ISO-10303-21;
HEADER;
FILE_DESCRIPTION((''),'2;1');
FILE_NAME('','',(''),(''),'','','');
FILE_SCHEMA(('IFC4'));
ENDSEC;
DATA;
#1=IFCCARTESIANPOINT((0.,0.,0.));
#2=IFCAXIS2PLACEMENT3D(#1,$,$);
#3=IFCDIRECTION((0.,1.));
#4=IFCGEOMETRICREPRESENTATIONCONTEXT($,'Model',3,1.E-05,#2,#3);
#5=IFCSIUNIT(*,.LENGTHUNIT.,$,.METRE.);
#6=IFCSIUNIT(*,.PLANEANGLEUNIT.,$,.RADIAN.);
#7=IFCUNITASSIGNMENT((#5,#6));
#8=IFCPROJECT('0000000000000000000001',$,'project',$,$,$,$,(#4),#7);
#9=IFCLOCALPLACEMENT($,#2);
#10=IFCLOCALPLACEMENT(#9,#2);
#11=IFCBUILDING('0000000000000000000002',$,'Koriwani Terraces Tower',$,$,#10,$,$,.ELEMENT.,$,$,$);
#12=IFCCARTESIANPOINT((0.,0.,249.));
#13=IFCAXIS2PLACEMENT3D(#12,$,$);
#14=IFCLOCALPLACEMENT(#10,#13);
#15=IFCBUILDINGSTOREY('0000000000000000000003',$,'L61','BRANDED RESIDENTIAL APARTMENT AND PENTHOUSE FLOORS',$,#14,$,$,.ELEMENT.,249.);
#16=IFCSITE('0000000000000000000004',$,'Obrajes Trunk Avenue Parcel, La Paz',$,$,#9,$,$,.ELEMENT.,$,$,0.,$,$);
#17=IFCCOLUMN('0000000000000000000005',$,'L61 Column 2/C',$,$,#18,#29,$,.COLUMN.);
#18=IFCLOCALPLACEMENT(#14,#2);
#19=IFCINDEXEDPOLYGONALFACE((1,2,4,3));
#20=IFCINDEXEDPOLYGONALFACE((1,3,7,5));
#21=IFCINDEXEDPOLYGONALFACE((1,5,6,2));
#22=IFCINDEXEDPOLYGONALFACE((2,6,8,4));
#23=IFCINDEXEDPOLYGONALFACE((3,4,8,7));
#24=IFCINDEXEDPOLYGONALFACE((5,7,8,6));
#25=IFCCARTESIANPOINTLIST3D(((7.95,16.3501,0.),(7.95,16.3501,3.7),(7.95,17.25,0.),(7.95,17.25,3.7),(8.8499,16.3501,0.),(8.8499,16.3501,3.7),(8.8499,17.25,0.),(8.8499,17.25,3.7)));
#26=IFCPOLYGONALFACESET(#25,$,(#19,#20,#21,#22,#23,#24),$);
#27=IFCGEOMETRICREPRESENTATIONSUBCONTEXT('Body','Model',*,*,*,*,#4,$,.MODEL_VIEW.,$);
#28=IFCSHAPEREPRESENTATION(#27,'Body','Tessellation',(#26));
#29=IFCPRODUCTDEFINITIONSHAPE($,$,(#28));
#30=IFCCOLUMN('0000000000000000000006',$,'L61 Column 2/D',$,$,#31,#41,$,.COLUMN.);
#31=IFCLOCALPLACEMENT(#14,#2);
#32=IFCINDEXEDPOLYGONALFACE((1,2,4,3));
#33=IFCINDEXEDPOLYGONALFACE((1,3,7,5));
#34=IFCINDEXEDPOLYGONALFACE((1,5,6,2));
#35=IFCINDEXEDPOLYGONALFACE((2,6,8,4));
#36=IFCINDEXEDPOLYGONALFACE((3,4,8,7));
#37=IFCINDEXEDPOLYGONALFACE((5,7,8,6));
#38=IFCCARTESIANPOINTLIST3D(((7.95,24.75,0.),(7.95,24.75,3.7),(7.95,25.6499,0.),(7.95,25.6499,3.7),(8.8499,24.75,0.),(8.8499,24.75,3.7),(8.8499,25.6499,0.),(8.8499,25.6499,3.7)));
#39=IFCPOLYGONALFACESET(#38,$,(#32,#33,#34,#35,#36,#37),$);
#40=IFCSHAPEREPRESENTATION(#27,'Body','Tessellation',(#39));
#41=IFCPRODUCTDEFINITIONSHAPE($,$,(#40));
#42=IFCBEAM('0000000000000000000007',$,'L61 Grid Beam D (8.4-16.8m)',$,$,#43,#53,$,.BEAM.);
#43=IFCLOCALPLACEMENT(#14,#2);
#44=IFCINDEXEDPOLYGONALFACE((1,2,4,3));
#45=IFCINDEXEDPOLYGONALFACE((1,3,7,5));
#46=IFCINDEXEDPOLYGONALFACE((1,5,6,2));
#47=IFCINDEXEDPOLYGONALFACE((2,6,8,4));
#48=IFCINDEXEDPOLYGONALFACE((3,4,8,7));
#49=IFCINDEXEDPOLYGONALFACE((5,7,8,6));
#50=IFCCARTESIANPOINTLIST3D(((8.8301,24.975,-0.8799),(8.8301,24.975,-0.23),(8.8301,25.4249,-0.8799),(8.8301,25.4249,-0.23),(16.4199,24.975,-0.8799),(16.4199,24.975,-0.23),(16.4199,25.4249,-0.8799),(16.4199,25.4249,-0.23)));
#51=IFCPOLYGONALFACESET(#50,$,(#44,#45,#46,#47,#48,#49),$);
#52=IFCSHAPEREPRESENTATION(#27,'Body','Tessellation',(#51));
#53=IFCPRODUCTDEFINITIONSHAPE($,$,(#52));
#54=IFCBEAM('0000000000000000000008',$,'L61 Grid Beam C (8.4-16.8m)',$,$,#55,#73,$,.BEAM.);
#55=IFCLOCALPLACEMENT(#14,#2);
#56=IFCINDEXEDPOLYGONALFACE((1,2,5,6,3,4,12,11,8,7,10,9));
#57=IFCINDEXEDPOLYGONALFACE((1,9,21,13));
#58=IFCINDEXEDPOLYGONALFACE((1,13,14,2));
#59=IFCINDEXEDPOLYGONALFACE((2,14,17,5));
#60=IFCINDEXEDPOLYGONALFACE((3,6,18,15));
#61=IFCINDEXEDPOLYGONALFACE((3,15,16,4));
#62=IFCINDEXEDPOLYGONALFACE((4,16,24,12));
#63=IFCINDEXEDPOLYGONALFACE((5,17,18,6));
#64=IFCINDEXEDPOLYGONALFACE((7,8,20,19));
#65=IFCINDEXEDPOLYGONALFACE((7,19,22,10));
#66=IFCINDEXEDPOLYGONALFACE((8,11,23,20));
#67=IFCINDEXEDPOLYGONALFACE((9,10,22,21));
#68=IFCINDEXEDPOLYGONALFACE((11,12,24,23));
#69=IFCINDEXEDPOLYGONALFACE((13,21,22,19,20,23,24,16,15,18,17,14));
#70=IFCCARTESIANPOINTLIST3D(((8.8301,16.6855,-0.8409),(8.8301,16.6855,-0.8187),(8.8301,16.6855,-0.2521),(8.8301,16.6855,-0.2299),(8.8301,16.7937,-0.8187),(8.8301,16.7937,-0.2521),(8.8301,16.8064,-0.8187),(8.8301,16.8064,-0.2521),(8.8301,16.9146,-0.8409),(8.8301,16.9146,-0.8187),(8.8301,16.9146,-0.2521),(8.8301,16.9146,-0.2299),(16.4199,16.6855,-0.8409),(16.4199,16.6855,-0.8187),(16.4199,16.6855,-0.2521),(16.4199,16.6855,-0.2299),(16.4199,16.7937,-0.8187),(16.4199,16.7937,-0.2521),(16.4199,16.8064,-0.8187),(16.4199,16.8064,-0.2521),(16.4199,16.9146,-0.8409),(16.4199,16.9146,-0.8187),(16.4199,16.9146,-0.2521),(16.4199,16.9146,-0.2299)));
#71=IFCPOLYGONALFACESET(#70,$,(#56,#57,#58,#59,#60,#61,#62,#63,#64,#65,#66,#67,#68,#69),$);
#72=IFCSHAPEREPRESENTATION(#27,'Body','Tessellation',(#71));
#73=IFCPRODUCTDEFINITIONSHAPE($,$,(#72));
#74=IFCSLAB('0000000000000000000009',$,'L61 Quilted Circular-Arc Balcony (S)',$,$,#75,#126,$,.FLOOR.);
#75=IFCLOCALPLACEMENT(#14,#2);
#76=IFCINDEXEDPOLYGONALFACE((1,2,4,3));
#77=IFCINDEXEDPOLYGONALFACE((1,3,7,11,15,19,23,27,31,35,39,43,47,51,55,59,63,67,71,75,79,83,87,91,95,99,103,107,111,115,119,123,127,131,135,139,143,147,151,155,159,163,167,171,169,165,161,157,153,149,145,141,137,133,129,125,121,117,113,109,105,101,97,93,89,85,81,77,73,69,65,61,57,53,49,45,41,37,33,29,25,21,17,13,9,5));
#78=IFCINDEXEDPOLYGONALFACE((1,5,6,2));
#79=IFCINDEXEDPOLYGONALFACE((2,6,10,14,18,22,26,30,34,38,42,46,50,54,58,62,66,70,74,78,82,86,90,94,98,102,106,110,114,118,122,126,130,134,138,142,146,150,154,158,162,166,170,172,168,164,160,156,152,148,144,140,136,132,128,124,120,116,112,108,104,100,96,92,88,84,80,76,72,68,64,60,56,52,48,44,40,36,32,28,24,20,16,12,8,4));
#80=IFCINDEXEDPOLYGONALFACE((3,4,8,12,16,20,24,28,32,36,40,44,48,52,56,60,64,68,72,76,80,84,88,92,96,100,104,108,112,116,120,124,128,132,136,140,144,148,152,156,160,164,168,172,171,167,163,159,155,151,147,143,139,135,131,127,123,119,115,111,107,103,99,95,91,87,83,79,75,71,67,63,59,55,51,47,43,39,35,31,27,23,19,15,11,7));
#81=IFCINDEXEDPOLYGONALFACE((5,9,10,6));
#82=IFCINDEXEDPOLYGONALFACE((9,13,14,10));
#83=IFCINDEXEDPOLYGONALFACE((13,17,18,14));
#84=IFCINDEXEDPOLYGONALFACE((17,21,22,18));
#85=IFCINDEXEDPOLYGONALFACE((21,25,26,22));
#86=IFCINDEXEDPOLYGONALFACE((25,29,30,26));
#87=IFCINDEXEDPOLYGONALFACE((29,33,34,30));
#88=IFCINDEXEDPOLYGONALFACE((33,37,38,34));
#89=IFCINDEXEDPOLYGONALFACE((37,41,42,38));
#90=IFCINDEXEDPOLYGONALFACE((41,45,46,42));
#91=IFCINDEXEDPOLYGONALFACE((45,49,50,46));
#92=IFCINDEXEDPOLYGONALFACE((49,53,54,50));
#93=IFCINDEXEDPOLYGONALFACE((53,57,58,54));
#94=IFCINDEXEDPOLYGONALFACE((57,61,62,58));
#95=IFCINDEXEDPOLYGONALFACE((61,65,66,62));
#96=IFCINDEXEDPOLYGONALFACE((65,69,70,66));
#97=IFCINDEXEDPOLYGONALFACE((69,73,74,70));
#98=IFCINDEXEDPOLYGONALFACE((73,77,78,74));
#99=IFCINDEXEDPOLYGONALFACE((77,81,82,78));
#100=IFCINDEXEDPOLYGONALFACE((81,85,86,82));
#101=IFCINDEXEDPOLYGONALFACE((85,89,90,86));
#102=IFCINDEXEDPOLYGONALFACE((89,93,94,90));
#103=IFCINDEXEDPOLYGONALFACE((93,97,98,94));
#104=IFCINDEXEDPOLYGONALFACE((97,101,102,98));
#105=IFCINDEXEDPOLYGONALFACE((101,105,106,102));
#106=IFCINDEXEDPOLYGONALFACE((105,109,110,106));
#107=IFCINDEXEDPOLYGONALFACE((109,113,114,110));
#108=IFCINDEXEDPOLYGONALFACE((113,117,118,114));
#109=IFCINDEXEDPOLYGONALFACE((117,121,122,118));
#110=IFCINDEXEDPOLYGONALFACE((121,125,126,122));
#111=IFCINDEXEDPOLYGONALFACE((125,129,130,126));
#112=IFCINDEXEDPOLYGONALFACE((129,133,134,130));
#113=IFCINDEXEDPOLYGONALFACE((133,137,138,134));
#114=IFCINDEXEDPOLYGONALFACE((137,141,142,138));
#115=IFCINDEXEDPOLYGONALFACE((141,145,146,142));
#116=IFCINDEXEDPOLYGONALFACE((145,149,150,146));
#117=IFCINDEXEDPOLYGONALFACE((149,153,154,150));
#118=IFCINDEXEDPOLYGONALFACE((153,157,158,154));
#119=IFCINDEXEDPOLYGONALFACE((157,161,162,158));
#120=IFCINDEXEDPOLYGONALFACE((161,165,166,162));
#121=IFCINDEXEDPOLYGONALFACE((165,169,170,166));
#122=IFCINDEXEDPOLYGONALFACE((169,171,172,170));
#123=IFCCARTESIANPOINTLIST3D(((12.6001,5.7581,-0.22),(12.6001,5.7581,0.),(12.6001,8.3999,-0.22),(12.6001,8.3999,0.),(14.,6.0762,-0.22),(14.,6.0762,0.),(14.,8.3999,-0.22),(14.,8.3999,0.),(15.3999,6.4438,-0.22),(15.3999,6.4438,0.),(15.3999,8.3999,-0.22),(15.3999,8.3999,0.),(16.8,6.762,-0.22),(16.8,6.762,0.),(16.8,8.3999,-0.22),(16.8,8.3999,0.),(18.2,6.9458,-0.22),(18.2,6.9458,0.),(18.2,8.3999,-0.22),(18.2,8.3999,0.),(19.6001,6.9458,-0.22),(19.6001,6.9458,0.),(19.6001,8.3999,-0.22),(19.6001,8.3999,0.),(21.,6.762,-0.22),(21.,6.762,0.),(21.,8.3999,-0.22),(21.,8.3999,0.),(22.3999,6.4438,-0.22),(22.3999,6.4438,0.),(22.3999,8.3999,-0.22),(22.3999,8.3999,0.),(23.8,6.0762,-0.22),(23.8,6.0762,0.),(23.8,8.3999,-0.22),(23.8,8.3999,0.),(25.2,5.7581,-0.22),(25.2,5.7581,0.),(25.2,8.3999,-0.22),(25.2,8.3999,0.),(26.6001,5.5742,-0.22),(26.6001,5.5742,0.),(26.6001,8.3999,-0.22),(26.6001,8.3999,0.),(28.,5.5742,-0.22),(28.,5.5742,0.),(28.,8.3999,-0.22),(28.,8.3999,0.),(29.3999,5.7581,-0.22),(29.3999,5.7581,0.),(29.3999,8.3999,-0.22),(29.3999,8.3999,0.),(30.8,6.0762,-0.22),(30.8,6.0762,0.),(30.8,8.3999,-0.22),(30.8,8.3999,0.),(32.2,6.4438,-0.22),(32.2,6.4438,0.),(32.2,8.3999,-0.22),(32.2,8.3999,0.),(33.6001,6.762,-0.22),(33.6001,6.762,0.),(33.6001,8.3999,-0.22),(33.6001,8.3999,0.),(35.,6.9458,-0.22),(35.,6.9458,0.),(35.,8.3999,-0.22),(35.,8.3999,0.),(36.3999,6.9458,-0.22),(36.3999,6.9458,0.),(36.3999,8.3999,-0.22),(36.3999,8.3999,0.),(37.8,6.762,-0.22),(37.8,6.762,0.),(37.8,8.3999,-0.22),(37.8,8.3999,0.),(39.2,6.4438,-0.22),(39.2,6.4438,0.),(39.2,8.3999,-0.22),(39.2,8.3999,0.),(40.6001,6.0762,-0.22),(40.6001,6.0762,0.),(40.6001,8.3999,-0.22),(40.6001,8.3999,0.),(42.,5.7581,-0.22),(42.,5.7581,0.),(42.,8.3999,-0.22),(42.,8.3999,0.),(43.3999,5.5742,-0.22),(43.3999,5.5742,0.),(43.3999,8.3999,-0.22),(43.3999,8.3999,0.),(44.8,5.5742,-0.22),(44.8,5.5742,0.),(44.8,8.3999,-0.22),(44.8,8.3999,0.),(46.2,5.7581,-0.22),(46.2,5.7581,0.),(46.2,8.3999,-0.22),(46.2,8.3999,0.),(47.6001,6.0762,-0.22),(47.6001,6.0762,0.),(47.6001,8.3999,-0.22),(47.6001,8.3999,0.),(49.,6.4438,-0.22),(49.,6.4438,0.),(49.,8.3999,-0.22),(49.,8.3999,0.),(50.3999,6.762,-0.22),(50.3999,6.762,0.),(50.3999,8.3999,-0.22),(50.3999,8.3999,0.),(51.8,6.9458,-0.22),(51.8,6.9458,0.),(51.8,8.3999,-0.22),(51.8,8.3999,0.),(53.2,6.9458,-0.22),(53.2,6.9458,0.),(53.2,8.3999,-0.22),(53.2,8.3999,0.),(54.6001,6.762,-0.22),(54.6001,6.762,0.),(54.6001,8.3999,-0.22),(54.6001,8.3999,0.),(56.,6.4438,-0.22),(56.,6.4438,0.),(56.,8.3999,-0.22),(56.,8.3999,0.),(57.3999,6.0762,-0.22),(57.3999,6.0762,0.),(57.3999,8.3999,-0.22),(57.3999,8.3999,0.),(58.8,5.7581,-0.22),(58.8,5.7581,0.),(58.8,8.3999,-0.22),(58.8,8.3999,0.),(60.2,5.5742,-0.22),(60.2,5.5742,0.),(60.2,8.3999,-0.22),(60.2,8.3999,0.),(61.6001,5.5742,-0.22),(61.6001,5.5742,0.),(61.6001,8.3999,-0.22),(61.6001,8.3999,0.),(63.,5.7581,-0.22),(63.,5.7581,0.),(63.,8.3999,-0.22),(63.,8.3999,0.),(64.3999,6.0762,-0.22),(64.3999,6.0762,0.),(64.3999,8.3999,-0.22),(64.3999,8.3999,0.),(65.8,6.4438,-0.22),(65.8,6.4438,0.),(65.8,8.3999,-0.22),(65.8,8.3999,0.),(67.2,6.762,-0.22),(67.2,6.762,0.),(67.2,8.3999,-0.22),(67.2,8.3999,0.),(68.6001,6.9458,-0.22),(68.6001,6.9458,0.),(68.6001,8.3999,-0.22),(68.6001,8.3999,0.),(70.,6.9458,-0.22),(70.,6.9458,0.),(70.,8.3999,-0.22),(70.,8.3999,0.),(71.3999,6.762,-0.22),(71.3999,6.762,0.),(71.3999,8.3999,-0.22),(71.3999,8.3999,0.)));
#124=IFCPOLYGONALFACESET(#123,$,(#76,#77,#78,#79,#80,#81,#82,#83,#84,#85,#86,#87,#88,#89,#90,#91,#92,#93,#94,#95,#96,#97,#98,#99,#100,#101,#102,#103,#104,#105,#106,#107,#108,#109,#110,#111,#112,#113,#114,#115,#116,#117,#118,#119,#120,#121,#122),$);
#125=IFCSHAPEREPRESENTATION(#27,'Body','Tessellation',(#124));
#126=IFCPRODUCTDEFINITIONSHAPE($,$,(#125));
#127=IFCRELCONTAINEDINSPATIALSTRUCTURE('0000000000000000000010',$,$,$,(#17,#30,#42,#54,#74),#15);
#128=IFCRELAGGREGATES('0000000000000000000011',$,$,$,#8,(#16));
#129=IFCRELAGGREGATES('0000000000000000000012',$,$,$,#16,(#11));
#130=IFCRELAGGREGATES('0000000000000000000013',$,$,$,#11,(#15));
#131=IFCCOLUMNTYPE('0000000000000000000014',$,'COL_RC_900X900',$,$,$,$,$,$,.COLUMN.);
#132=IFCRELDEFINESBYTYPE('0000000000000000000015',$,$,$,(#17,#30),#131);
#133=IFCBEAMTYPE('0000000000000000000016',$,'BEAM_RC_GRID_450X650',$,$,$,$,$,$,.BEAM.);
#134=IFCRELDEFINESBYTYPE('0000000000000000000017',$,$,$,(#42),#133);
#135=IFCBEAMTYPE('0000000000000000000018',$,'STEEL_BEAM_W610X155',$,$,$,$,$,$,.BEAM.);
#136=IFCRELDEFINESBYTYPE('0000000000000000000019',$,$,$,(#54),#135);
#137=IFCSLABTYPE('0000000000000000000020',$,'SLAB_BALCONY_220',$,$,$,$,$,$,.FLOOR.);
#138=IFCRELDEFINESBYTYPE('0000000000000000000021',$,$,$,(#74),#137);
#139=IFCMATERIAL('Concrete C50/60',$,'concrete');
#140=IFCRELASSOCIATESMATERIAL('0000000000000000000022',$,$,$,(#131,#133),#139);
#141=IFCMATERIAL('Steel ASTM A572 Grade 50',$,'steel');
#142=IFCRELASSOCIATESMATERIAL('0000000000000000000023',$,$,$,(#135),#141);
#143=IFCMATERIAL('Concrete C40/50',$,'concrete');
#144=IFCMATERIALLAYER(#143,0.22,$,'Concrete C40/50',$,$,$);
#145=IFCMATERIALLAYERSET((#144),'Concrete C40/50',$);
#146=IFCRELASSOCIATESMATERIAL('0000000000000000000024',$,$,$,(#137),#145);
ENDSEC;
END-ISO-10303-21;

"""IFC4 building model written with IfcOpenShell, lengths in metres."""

from ifc_helpers import new_model, si_unit, direction, frame, origin, origin_2d, place, context, subcontext, project, spatial, polyline, rectangle, i_section, outline, extrude, material, layer, layer_set, material_profile, profile_set, type_object, element, save


model = new_model("IFC4")

# Units and contexts
model_context = context("Model", 3, precision=1e-05, world=origin(), true_north=direction((0.0, 1.0)))
body_context = subcontext(model_context, "Body", "Model", "MODEL_VIEW")
ifc_project = project(units=[si_unit("LENGTHUNIT", "METRE"), si_unit("PLANEANGLEUNIT", "RADIAN")], contexts=[model_context])

# Site, building, storey
site_placement = place(None, origin())
site = spatial("IfcSite", under=ifc_project, at=site_placement, Name="Obrajes Trunk Avenue Parcel, La Paz", CompositionType="ELEMENT", RefElevation=0.0)
building_placement = place(site_placement, origin())
building = spatial("IfcBuilding", under=site, at=building_placement, Name="Koriwani Terraces Tower", CompositionType="ELEMENT")
storey_placement = place(building_placement, frame((0.0, 0.0, 249.0)))
storey = spatial("IfcBuildingStorey", under=building, at=storey_placement, Name="L61", Description="BRANDED RESIDENTIAL APARTMENT AND PENTHOUSE FLOORS", CompositionType="ELEMENT", Elevation=249.0)

# Columns
ifc_material_1 = material(Name="Concrete C50/60", Category="concrete")
ifc_material_profile_1 = material_profile(ifc_material_1, rectangle(XDim=0.8999, YDim=0.8999, at=origin_2d()), Name="Concrete C50/60", Category="LoadBearing")
ifc_profile_set_1 = profile_set([ifc_material_profile_1], Name="Concrete C50/60")
column_type = type_object("IfcColumnType", Name="COL_RC_900X900", PredefinedType="COLUMN", material=ifc_profile_set_1)
for number, where, z_axis, x_axis, name in (
    (1, (8.3999, 16.8, 0.0), (0.0, 0.0, 1.0), (1.0, 0.0, 0.0), "L61 Column 2/C"),
    (2, (8.3999, 25.2, 0.0), (0.0, 0.0, 1.0), (1.0, 0.0, 0.0), "L61 Column 2/D"),
):
    element("IfcColumn", number, at=place(storey_placement, frame(where, z_axis=z_axis, x_axis=x_axis)), inside=storey, type_object=column_type, Name=name, PredefinedType="COLUMN", context=body_context, shape_type="SweptSolid", body=[
        extrude(rectangle(XDim=0.8999, YDim=0.8999, at=origin_2d()), origin(), (0.0, 0.0, 1.0), 3.7),
    ])

# Beams
ifc_material_profile_2 = material_profile(ifc_material_1, rectangle(XDim=0.45, YDim=0.6499, at=origin_2d()), Name="Concrete C50/60", Category="LoadBearing")
ifc_profile_set_2 = profile_set([ifc_material_profile_2], Name="Concrete C50/60")
beam_type_1 = type_object("IfcBeamType", Name="BEAM_RC_GRID_450X650", PredefinedType="BEAM", material=ifc_profile_set_2)
beam_1_placement = place(storey_placement, frame((8.8301, 25.2, -0.5549), z_axis=(1.0, 0.0, 0.0), x_axis=(0.0, 1.0, 0.0)))
element("IfcBeam", 3, at=beam_1_placement, inside=storey, type_object=beam_type_1, Name="L61 Grid Beam D (8.4-16.8m)", PredefinedType="BEAM", context=body_context, shape_type="SweptSolid", body=[
    extrude(rectangle(XDim=0.45, YDim=0.6499, at=origin_2d()), origin(), (0.0, 0.0, 1.0), 7.5898),
])
ifc_material_2 = material(Name="Steel ASTM A572 Grade 50", Category="steel")
ifc_material_profile_3 = material_profile(ifc_material_2, i_section(OverallWidth=0.229, OverallDepth=0.6111, WebThickness=0.0127, FlangeThickness=0.0222, at=origin_2d()), Name="Steel ASTM A572 Grade 50", Category="LoadBearing")
ifc_profile_set_3 = profile_set([ifc_material_profile_3], Name="Steel ASTM A572 Grade 50")
beam_type_2 = type_object("IfcBeamType", Name="STEEL_BEAM_W610X155", PredefinedType="BEAM", material=ifc_profile_set_3)
beam_2_placement = place(storey_placement, frame((8.8301, 16.8, -0.5354), z_axis=(1.0, 0.0, 0.0), x_axis=(0.0, 1.0, 0.0)))
element("IfcBeam", 4, at=beam_2_placement, inside=storey, type_object=beam_type_2, Name="L61 Grid Beam C (8.4-16.8m)", PredefinedType="BEAM", context=body_context, shape_type="SweptSolid", body=[
    extrude(i_section(OverallWidth=0.229, OverallDepth=0.6111, WebThickness=0.0127, FlangeThickness=0.0222, at=origin_2d()), origin(), (0.0, 0.0, 1.0), 7.5898),
])

# Slab
ifc_material_3 = material(Name="Concrete C40/50", Category="concrete")
ifc_layer_1 = layer(ifc_material_3, 0.22, Name="Concrete C40/50")
ifc_layer_set_1 = layer_set([ifc_layer_1], Name="Concrete C40/50")
slab_type_1 = type_object("IfcSlabType", Name="SLAB_BALCONY_220", PredefinedType="FLOOR", material=ifc_layer_set_1)
slab_1_placement = place(storey_placement, frame((0.0, 0.0, -0.22)))
element("IfcSlab", 5, at=slab_1_placement, inside=storey, type_object=slab_type_1, Name="L61 Quilted Circular-Arc Balcony (S)", PredefinedType="FLOOR", context=body_context, shape_type="SweptSolid", body=[
    extrude(outline(polyline([(12.6001, 8.3999), (14.0, 8.3999), (15.3999, 8.3999), (16.8, 8.3999), (18.2, 8.3999), (19.6001, 8.3999), (21.0, 8.3999), (22.3999, 8.3999), (23.8, 8.3999), (25.2, 8.3999), (26.6001, 8.3999), (28.0, 8.3999), (29.3999, 8.3999), (30.8, 8.3999), (32.2, 8.3999), (33.6001, 8.3999), (35.0, 8.3999), (36.3999, 8.3999), (37.8, 8.3999), (39.2, 8.3999), (40.6001, 8.3999), (42.0, 8.3999), (43.3999, 8.3999), (44.8, 8.3999), (46.2, 8.3999), (47.6001, 8.3999), (49.0, 8.3999), (50.3999, 8.3999), (51.8, 8.3999), (53.2, 8.3999), (54.6001, 8.3999), (56.0, 8.3999), (57.3999, 8.3999), (58.8, 8.3999), (60.2, 8.3999), (61.6001, 8.3999), (63.0, 8.3999), (64.3999, 8.3999), (65.8, 8.3999), (67.2, 8.3999), (68.6001, 8.3999), (70.0, 8.3999), (71.3999, 8.3999), (71.3999, 6.762), (70.0, 6.9458), (68.6001, 6.9458), (67.2, 6.762), (65.8, 6.4438), (64.3999, 6.0762), (63.0, 5.7581), (61.6001, 5.5742), (60.2, 5.5742), (58.8, 5.7581), (57.3999, 6.0762), (56.0, 6.4438), (54.6001, 6.762), (53.2, 6.9458), (51.8, 6.9458), (50.3999, 6.762), (49.0, 6.4438), (47.6001, 6.0762), (46.2, 5.7581), (44.8, 5.5742), (43.3999, 5.5742), (42.0, 5.7581), (40.6001, 6.0762), (39.2, 6.4438), (37.8, 6.762), (36.3999, 6.9458), (35.0, 6.9458), (33.6001, 6.762), (32.2, 6.4438), (30.8, 6.0762), (29.3999, 5.7581), (28.0, 5.5742), (26.6001, 5.5742), (25.2, 5.7581), (23.8, 6.0762), (22.3999, 6.4438), (21.0, 6.762), (19.6001, 6.9458), (18.2, 6.9458), (16.8, 6.762), (15.3999, 6.4438), (14.0, 6.0762), (12.6001, 5.7581), (12.6001, 8.3999)])), origin(), (0.0, 0.0, 1.0), 0.22),
])

save(model, "model.ifc")
